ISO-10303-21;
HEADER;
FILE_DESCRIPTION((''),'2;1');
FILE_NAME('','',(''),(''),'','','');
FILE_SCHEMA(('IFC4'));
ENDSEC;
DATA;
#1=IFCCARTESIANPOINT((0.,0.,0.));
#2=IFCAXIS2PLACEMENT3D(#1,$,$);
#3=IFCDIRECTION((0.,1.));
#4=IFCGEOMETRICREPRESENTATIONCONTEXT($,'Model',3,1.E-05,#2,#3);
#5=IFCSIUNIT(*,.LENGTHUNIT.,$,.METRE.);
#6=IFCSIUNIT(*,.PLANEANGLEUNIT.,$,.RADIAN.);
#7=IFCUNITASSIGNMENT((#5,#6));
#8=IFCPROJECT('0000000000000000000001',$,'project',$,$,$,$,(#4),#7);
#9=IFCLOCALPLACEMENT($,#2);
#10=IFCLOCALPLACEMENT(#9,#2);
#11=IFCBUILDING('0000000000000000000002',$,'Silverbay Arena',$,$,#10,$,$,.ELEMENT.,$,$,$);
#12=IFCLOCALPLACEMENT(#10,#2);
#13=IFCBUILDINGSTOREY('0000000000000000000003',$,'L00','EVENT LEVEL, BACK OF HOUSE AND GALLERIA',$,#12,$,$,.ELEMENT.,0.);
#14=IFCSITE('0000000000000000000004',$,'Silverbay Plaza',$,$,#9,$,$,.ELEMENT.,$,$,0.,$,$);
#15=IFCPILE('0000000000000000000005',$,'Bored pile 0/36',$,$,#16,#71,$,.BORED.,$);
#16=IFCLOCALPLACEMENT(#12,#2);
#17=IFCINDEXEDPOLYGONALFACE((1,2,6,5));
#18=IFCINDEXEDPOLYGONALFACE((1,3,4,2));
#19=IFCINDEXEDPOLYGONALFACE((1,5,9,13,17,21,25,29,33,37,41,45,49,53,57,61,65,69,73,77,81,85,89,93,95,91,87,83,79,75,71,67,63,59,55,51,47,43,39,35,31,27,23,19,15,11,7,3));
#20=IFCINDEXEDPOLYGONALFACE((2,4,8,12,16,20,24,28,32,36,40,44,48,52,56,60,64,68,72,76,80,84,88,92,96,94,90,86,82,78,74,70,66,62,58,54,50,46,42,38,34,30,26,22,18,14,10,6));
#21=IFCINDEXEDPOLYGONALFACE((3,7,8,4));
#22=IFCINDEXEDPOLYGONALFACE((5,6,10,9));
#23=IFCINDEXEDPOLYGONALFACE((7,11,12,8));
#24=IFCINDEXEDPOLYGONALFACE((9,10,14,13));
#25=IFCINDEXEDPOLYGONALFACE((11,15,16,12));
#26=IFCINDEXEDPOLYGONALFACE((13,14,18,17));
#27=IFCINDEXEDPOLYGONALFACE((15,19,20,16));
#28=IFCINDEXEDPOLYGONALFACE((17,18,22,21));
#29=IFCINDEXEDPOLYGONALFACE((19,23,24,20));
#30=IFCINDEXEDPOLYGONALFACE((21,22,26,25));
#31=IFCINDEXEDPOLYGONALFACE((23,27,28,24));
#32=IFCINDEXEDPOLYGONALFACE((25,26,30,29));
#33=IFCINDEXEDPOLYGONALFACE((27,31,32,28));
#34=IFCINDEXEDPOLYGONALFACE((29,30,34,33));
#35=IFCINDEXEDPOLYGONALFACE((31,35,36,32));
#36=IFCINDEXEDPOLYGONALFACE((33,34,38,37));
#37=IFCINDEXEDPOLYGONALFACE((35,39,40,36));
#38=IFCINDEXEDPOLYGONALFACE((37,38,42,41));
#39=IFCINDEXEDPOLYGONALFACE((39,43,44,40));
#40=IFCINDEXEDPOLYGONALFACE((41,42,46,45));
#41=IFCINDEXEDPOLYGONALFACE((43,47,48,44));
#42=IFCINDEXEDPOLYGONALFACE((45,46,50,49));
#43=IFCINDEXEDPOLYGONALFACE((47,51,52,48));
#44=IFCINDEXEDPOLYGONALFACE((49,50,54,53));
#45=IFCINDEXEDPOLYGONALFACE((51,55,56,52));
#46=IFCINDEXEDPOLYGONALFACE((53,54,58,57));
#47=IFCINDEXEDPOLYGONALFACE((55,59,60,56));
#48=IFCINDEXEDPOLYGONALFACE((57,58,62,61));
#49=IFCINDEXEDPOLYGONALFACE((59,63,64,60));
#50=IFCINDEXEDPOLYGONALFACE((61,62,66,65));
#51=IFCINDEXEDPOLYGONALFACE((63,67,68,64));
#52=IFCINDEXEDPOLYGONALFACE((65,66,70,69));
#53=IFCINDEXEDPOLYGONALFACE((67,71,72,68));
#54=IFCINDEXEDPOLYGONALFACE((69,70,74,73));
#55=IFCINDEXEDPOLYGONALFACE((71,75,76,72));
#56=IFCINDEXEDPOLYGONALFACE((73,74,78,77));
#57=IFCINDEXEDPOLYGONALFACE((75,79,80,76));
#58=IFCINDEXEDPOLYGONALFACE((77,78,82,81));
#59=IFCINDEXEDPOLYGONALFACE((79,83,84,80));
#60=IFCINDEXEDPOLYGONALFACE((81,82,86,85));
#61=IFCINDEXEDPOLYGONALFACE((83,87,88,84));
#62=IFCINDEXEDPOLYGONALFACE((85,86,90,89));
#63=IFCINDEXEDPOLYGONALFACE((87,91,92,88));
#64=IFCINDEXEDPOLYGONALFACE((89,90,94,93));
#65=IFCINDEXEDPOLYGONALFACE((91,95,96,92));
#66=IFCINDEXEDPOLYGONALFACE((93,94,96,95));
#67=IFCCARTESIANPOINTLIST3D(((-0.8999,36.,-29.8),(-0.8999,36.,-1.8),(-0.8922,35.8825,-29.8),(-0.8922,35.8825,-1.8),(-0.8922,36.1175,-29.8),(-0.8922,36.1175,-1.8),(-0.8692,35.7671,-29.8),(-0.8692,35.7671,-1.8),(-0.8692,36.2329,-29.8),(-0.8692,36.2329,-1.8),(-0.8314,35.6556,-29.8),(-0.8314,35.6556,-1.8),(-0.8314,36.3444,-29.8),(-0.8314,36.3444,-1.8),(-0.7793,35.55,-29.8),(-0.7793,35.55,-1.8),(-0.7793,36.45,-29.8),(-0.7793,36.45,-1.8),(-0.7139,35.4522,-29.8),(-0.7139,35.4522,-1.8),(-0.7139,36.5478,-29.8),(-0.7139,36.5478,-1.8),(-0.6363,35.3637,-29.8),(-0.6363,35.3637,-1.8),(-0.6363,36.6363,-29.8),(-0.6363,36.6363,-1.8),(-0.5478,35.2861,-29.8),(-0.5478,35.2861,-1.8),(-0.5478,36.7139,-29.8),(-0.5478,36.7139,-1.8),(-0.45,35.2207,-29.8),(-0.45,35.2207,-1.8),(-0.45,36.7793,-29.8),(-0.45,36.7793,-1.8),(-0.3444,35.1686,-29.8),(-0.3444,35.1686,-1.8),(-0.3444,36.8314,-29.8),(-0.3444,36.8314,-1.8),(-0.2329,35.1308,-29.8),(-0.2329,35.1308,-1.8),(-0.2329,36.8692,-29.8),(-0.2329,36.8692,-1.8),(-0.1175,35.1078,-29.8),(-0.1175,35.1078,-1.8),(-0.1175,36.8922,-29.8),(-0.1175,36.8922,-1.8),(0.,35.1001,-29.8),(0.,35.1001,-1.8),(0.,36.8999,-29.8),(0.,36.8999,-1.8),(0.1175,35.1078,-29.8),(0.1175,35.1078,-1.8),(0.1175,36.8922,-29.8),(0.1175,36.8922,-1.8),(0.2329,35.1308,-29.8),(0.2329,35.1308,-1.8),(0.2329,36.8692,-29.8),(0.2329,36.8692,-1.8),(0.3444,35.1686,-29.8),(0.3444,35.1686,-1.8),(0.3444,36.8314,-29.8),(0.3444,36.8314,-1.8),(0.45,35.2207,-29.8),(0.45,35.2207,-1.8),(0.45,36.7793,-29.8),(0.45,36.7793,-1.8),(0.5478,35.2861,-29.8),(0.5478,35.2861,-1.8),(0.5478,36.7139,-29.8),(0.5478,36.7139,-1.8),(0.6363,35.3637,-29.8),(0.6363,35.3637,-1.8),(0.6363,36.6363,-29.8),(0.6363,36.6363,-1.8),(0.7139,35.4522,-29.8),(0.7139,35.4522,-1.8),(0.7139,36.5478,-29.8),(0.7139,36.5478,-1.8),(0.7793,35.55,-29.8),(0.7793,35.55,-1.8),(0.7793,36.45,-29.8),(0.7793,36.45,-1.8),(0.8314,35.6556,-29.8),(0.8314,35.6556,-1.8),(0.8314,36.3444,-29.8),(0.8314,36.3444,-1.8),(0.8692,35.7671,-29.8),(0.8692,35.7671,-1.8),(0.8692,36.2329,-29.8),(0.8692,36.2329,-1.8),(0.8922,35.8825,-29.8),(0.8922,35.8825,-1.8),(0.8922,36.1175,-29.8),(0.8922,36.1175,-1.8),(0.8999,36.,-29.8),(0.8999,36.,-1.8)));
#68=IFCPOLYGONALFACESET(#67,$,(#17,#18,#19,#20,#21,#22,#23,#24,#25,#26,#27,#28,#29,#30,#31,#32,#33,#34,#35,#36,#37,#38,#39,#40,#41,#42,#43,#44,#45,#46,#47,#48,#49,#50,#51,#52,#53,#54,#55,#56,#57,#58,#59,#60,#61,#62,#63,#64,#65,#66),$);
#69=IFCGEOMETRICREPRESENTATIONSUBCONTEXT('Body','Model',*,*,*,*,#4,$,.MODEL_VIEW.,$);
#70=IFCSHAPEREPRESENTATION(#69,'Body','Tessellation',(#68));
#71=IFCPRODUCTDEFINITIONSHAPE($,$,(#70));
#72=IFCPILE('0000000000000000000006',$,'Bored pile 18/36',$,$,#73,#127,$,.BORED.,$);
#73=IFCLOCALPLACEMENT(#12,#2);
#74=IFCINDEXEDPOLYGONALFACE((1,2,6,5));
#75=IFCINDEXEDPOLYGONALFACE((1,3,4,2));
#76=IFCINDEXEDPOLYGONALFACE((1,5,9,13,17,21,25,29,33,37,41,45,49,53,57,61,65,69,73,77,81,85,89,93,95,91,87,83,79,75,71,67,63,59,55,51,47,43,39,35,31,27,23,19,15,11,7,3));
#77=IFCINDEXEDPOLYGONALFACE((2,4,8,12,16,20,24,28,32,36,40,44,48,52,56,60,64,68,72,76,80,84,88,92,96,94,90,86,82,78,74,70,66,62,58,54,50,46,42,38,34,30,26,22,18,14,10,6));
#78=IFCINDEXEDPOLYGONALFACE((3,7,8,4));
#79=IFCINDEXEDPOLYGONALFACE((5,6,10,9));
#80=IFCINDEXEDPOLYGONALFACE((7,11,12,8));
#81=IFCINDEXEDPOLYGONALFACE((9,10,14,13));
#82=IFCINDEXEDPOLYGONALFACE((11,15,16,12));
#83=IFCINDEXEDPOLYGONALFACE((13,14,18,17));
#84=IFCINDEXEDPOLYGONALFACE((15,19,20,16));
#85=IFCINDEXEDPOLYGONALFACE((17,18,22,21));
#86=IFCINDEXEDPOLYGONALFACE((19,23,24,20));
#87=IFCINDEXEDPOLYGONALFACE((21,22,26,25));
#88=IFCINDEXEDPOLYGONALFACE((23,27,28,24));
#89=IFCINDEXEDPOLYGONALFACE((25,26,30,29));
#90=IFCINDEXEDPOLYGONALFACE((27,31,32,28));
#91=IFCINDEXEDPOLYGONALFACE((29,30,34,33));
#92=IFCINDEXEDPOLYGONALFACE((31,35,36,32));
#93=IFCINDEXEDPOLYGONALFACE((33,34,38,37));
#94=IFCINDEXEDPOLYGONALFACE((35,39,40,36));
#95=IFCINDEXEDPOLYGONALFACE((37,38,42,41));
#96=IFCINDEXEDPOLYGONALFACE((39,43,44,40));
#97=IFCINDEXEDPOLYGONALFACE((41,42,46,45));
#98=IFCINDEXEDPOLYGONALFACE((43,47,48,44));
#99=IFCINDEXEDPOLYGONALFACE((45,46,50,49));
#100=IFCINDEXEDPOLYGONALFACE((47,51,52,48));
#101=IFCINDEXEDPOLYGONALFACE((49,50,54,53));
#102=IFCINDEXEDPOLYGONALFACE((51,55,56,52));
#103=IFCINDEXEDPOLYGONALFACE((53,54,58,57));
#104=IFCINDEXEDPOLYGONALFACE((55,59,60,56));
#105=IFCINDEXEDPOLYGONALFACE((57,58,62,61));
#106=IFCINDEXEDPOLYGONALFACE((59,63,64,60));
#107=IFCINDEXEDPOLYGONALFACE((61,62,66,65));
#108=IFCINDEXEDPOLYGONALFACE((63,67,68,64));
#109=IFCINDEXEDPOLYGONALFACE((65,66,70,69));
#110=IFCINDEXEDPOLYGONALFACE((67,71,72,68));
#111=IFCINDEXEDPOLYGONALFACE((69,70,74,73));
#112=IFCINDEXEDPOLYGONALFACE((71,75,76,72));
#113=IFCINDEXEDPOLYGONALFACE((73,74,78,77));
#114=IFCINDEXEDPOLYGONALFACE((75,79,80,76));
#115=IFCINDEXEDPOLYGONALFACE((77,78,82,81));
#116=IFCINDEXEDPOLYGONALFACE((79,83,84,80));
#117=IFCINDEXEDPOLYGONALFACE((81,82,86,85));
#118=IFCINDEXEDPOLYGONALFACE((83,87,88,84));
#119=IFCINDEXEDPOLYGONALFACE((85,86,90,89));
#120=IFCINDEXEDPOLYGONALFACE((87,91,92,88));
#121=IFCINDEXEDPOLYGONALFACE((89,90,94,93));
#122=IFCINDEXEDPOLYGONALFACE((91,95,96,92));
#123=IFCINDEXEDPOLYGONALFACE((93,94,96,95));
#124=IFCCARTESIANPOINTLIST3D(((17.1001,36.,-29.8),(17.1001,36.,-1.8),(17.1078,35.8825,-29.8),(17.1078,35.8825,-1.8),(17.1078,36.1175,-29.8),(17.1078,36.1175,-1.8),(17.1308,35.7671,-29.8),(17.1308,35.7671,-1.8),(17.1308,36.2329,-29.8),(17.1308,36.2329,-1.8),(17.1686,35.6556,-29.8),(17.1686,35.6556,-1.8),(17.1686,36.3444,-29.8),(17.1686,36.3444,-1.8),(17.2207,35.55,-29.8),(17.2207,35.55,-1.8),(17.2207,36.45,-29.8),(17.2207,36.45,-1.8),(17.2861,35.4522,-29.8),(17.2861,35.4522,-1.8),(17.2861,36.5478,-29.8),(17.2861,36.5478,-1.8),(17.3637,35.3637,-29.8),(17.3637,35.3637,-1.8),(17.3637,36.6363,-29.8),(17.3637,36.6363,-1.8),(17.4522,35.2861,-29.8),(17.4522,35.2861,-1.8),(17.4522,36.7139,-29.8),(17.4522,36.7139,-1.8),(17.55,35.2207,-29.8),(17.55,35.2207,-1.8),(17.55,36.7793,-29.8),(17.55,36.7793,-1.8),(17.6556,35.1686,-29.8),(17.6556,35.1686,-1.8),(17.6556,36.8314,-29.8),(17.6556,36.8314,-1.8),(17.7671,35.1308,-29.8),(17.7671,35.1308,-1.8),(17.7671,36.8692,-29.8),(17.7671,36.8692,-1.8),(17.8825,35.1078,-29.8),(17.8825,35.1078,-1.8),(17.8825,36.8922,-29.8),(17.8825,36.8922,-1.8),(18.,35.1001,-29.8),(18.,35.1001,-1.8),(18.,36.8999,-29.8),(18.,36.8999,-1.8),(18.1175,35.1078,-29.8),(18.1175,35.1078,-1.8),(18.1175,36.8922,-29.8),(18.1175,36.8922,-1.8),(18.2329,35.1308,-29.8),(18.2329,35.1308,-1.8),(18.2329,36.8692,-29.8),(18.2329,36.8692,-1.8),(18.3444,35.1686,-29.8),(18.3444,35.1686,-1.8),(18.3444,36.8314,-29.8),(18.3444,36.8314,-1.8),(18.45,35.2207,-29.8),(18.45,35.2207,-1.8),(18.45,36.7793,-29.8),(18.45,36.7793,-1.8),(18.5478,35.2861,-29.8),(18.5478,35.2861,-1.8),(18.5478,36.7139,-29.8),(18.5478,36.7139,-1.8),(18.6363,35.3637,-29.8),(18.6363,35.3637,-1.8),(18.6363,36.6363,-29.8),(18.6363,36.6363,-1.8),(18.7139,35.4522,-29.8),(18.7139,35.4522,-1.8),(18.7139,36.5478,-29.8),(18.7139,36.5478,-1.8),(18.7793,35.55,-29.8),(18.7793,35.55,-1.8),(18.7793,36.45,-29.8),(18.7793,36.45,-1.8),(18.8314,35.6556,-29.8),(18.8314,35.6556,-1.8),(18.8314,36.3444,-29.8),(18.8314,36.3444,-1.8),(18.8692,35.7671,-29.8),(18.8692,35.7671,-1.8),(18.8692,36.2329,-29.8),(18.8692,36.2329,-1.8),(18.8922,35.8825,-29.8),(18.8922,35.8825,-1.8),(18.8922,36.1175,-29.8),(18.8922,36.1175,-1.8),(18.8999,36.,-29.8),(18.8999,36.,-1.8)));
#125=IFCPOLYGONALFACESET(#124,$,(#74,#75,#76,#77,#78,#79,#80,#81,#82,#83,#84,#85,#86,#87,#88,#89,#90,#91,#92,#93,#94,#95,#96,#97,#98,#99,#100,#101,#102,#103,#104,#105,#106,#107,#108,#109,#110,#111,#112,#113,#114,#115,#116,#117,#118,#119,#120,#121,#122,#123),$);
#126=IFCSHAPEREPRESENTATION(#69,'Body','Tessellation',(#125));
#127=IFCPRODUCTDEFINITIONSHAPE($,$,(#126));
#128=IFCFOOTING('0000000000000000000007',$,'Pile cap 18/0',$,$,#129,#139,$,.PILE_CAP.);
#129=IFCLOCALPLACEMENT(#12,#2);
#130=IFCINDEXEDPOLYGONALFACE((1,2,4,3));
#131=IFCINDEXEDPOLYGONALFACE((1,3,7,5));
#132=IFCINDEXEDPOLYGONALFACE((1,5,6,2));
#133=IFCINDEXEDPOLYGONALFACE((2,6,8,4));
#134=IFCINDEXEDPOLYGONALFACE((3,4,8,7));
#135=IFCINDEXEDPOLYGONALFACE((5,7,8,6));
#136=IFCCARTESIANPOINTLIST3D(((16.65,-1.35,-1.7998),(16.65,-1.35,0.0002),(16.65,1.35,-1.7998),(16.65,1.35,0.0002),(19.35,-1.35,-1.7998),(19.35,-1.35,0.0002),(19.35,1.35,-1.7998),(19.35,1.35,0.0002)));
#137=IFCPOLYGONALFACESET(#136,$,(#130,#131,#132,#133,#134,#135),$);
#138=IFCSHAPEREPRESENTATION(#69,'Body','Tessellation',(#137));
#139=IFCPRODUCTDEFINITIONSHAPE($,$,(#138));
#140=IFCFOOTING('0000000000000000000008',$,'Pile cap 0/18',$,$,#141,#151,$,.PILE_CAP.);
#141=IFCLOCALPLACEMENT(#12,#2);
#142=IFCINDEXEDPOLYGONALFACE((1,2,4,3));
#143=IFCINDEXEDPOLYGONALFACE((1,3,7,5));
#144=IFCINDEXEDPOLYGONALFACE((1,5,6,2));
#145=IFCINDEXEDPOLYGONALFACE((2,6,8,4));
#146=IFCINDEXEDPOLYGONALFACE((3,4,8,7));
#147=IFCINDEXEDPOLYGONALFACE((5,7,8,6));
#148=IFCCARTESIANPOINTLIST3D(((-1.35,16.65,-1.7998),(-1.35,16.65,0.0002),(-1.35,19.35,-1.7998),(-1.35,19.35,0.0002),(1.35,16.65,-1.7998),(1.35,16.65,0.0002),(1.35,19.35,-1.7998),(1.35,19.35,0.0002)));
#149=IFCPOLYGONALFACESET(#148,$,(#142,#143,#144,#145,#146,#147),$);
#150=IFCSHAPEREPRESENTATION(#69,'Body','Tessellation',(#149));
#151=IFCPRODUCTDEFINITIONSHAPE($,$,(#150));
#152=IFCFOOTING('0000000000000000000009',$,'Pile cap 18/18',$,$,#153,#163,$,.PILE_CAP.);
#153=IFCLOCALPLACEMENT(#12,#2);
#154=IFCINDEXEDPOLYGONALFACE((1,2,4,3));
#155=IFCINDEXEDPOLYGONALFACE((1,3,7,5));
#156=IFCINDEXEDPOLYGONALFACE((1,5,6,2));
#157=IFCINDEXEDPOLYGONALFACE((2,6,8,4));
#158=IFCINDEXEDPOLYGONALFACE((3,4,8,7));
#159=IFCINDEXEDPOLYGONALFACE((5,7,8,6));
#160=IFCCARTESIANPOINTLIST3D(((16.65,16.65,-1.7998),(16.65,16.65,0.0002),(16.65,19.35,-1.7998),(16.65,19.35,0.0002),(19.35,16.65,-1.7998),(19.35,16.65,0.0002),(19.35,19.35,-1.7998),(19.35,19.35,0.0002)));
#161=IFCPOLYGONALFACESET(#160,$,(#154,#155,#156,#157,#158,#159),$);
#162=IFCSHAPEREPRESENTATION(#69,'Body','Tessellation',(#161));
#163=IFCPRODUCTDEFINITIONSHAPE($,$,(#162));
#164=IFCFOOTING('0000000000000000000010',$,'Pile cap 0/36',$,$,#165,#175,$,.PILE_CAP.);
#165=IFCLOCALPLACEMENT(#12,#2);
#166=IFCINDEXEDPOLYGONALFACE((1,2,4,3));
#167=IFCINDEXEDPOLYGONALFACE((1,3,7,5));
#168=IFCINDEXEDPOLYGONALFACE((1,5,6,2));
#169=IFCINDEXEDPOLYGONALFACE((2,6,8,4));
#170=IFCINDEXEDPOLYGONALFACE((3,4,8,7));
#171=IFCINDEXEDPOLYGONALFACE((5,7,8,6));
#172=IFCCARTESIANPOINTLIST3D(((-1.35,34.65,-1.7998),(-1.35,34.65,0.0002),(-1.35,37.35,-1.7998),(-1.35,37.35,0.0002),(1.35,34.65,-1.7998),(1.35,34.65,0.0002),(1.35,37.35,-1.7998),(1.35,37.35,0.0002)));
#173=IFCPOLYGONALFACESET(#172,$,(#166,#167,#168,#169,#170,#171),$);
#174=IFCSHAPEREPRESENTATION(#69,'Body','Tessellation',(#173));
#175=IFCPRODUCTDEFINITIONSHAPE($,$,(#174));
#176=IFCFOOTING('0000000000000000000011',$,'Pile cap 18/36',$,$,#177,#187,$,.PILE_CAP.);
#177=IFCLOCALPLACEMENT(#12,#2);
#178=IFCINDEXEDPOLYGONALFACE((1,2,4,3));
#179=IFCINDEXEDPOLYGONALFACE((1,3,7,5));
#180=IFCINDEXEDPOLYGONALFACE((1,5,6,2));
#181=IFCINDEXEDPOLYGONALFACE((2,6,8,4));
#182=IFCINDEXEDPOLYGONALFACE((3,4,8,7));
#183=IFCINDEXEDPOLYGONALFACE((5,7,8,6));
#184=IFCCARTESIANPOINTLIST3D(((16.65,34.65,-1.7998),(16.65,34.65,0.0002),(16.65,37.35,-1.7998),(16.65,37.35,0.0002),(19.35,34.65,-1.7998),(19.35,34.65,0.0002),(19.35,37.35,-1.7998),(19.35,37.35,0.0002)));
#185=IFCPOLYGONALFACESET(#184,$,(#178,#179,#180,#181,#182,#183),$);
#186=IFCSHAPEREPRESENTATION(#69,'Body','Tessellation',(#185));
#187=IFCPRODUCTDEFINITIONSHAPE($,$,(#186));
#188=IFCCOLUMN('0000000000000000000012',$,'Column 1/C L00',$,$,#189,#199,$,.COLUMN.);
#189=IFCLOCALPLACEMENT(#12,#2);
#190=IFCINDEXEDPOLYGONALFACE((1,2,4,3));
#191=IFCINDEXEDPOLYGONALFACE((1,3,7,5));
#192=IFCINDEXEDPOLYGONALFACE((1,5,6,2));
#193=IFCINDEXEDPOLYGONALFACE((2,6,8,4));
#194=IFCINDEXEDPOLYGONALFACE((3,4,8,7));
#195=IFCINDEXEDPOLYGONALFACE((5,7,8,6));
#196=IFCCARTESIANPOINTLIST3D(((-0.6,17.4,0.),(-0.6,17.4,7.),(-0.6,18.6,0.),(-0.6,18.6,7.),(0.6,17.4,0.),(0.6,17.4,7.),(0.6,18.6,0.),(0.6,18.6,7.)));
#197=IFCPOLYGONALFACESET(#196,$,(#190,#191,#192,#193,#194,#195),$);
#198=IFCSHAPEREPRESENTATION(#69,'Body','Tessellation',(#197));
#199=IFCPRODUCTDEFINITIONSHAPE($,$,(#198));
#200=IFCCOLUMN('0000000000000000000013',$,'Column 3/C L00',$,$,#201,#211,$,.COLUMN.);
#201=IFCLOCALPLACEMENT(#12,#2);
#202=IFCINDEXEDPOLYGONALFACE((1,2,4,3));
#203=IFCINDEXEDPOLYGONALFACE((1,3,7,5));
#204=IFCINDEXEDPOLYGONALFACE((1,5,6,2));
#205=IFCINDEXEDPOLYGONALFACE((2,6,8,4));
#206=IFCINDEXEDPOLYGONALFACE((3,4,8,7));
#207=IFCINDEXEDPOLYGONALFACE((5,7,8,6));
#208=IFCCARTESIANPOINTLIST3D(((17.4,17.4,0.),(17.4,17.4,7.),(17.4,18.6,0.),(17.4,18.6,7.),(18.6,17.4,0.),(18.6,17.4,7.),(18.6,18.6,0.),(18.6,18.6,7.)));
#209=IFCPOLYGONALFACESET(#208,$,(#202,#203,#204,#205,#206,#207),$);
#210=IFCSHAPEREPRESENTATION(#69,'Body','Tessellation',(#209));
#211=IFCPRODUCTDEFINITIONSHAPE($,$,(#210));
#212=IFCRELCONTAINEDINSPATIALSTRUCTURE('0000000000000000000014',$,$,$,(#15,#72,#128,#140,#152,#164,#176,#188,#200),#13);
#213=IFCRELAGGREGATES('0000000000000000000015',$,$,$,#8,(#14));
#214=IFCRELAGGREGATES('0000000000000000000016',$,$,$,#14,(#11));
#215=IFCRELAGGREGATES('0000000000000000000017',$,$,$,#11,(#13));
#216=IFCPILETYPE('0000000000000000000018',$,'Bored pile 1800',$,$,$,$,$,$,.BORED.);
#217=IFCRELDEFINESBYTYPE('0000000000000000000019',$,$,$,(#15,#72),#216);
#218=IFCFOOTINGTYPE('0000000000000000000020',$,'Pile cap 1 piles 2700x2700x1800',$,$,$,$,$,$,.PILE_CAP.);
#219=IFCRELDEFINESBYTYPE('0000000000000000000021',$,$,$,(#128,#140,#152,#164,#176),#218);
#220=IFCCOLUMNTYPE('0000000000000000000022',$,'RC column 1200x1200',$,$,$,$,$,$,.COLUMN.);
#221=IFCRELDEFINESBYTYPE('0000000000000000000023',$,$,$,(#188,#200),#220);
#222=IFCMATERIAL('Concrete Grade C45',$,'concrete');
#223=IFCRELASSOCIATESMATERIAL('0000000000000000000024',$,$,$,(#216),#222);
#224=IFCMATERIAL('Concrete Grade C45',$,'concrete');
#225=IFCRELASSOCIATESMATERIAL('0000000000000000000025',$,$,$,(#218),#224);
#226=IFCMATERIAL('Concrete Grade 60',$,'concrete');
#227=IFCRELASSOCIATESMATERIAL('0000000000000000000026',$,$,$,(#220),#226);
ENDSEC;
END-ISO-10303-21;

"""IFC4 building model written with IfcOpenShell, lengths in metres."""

from ifc_helpers import new_model, si_unit, direction, frame, origin, origin_2d, place, context, subcontext, project, spatial, rectangle, circle, extrude, material, material_profile, profile_set, type_object, element, save


model = new_model("IFC4")

# Units and contexts
model_context = context("Model", 3, precision=1e-05, world=origin(), true_north=direction((0.0, 1.0)))
body_context = subcontext(model_context, "Body", "Model", "MODEL_VIEW")
ifc_project = project(units=[si_unit("LENGTHUNIT", "METRE"), si_unit("PLANEANGLEUNIT", "RADIAN")], contexts=[model_context])

# Site, building, storey
site_placement = place(None, origin())
site = spatial("IfcSite", under=ifc_project, at=site_placement, Name="Silverbay Plaza", CompositionType="ELEMENT", RefElevation=0.0)
building_placement = place(site_placement, origin())
building = spatial("IfcBuilding", under=site, at=building_placement, Name="Silverbay Arena", CompositionType="ELEMENT")
storey_placement = place(building_placement, origin())
storey = spatial("IfcBuildingStorey", under=building, at=storey_placement, Name="L00", Description="EVENT LEVEL, BACK OF HOUSE AND GALLERIA", CompositionType="ELEMENT", Elevation=0.0)

# Piles
ifc_material_1 = material(Name="Concrete Grade C45", Category="concrete")
ifc_material_profile_1 = material_profile(ifc_material_1, circle(Radius=0.8999, at=origin_2d()), Name="Bored pile 1800")
ifc_profile_set_1 = profile_set([ifc_material_profile_1], Name="Concrete Grade C45")
pile_type = type_object("IfcPileType", Name="Bored pile 1800", PredefinedType="BORED", material=ifc_profile_set_1)
for number, where, z_axis, x_axis, name in (
    (1, (0.0, 36.0, -1.8), (0.0, 0.0, -1.0), (1.0, 0.0, 0.0), "Bored pile 0/36"),
    (2, (18.0, 36.0, -1.8), (0.0, 0.0, -1.0), (1.0, 0.0, 0.0), "Bored pile 18/36"),
):
    element("IfcPile", number, at=place(storey_placement, frame(where, z_axis=z_axis, x_axis=x_axis)), inside=storey, type_object=pile_type, Name=name, PredefinedType="BORED", context=body_context, shape_type="SweptSolid", body=[
        extrude(circle(Radius=0.8999, at=origin_2d()), origin(), (0.0, 0.0, 1.0), 28.0),
    ])

# Footings
ifc_material_2 = material(Name="Concrete Grade C45", Category="concrete")
footing_type = type_object("IfcFootingType", Name="Pile cap 1 piles 2700x2700x1800", PredefinedType="PILE_CAP", material=ifc_material_2)
for number, where, z_axis, x_axis, name in (
    (3, (18.0, 0.0, -1.7998), (0.0, 0.0, 1.0), (1.0, 0.0, 0.0), "Pile cap 18/0"),
    (4, (0.0, 18.0, -1.7998), (0.0, 0.0, 1.0), (1.0, 0.0, 0.0), "Pile cap 0/18"),
    (5, (18.0, 18.0, -1.7998), (0.0, 0.0, 1.0), (1.0, 0.0, 0.0), "Pile cap 18/18"),
    (6, (0.0, 36.0, -1.7998), (0.0, 0.0, 1.0), (1.0, 0.0, 0.0), "Pile cap 0/36"),
    (7, (18.0, 36.0, -1.7998), (0.0, 0.0, 1.0), (1.0, 0.0, 0.0), "Pile cap 18/36"),
):
    element("IfcFooting", number, at=place(storey_placement, frame(where, z_axis=z_axis, x_axis=x_axis)), inside=storey, type_object=footing_type, Name=name, PredefinedType="PILE_CAP", context=body_context, shape_type="SweptSolid", body=[
        extrude(rectangle(XDim=2.7, YDim=2.7, at=origin_2d()), origin(), (0.0, 0.0, 1.0), 1.8),
    ])

# Columns
ifc_material_3 = material(Name="Concrete Grade 60", Category="concrete")
ifc_material_profile_2 = material_profile(ifc_material_3, rectangle(XDim=1.2, YDim=1.2, at=origin_2d()), Name="RC 1200x1200")
ifc_profile_set_2 = profile_set([ifc_material_profile_2], Name="Concrete Grade 60")
column_type = type_object("IfcColumnType", Name="RC column 1200x1200", PredefinedType="COLUMN", material=ifc_profile_set_2)
for number, where, z_axis, x_axis, name in (
    (8, (0.0, 18.0, 0.0), (0.0, 0.0, 1.0), (1.0, 0.0, 0.0), "Column 1/C L00"),
    (9, (18.0, 18.0, 0.0), (0.0, 0.0, 1.0), (1.0, 0.0, 0.0), "Column 3/C L00"),
):
    element("IfcColumn", number, at=place(storey_placement, frame(where, z_axis=z_axis, x_axis=x_axis)), inside=storey, type_object=column_type, Name=name, PredefinedType="COLUMN", context=body_context, shape_type="SweptSolid", body=[
        extrude(rectangle(XDim=1.2, YDim=1.2, at=origin_2d()), origin(), (0.0, 0.0, 1.0), 7.0),
    ])

save(model, "model.ifc")
